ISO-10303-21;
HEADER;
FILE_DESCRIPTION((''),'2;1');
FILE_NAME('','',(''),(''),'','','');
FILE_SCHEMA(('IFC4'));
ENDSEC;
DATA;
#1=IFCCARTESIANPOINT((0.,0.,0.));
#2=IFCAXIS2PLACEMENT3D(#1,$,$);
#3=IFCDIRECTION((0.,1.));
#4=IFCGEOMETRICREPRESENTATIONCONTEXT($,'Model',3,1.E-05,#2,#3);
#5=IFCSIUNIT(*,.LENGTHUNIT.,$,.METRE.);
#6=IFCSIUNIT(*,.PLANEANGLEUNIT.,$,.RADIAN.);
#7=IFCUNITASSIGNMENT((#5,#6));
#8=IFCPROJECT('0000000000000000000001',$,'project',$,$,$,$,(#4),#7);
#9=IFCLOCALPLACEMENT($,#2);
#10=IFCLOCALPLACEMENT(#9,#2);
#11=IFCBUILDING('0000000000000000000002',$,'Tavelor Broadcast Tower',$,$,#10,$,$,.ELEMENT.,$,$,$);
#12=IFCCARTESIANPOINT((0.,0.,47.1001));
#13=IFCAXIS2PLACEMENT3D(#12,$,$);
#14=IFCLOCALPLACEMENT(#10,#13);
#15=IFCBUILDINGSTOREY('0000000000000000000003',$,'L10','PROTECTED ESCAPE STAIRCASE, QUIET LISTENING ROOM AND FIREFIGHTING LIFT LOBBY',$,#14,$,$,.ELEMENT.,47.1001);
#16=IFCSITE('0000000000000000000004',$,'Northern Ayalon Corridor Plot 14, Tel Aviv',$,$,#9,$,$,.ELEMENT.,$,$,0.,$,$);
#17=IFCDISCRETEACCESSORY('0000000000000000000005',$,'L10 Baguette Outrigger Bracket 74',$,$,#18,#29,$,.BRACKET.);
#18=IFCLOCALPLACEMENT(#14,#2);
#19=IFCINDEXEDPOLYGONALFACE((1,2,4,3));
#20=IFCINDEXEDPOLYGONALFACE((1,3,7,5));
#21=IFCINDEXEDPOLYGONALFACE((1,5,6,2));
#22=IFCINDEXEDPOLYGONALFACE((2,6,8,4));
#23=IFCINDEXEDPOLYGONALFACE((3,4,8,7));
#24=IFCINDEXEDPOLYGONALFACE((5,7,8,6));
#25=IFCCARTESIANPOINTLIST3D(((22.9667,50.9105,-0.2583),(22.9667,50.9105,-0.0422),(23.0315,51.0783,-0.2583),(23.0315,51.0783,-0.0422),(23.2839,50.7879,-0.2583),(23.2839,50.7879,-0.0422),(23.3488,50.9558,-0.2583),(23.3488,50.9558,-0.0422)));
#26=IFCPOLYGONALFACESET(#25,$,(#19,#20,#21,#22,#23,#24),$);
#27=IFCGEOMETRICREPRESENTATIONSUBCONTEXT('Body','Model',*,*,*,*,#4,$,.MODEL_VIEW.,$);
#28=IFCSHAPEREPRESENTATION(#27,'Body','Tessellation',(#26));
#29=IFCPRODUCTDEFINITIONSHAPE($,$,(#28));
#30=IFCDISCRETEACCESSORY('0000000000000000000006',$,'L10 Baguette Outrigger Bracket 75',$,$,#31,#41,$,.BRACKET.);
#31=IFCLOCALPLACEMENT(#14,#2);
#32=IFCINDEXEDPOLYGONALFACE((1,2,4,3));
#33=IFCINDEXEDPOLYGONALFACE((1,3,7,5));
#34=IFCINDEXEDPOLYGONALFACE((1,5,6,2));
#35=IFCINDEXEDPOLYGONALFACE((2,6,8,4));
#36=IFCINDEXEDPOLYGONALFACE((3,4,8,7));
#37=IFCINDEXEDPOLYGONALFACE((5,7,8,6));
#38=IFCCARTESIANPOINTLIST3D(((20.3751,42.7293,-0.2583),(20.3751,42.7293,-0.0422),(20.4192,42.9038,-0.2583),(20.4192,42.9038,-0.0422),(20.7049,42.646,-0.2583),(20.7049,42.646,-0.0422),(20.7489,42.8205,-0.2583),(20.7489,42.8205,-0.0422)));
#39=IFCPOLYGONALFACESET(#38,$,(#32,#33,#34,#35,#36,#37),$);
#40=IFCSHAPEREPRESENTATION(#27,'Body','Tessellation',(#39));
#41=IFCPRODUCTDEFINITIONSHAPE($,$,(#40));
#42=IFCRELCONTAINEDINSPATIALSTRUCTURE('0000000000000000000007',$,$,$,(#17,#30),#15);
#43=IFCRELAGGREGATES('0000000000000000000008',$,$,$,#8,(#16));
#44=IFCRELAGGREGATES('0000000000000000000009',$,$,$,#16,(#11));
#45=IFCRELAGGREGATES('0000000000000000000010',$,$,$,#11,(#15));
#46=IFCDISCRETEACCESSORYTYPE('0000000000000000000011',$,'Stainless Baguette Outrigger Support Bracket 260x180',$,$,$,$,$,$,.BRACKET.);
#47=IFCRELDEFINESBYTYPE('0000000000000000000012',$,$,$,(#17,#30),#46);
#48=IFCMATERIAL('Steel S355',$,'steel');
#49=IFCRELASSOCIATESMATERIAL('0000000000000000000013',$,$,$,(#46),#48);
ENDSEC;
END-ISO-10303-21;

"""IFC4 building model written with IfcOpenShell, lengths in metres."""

from ifc_helpers import new_model, si_unit, direction, frame, origin, origin_2d, place, context, subcontext, project, spatial, rectangle, extrude, source, transform, mapped, material, type_object, type_shapes, element, save


model = new_model("IFC4")

# Units and contexts
model_context = context("Model", 3, precision=1e-05, world=origin(), true_north=direction((0.0, 1.0)))
body_context = subcontext(model_context, "Body", "Model", "MODEL_VIEW")
ifc_project = project(units=[si_unit("LENGTHUNIT", "METRE"), si_unit("PLANEANGLEUNIT", "RADIAN")], contexts=[model_context])

# Site, building, storey
site_placement = place(None, origin())
site = spatial("IfcSite", under=ifc_project, at=site_placement, Name="Northern Ayalon Corridor Plot 14, Tel Aviv", CompositionType="ELEMENT", RefElevation=0.0)
building_placement = place(site_placement, origin())
building = spatial("IfcBuilding", under=site, at=building_placement, Name="Tavelor Broadcast Tower", CompositionType="ELEMENT")
storey_placement = place(building_placement, frame((0.0, 0.0, 47.1001)))
storey = spatial("IfcBuildingStorey", under=building, at=storey_placement, Name="L10", Description="PROTECTED ESCAPE STAIRCASE, QUIET LISTENING ROOM AND FIREFIGHTING LIFT LOBBY", CompositionType="ELEMENT", Elevation=47.1001)

# Shared definitions
ifc_material_1 = material(Name="Steel S355", Category="steel")

# Discrete accessories
discrete_accessory_type = type_object("IfcDiscreteAccessoryType", Name="Stainless Baguette Outrigger Support Bracket 260x180", PredefinedType="BRACKET", material=ifc_material_1)
shared_shape_1 = source(origin(), body_context, "Body", "SweptSolid", [
    extrude(rectangle(XDim=0.1799, YDim=0.3401, at=origin_2d()), origin(), (0.0, 0.0, 1.0), 0.2161),
])
type_shapes(discrete_accessory_type, [shared_shape_1])
for number, where, z_axis, x_axis, name in (
    (1, (23.1577, 50.9331, -0.2583), (0.0, 0.0, 1.0), (-0.360322, -0.932828, 0.0), "L10 Baguette Outrigger Bracket 74"),
    (2, (20.562, 42.7749, -0.2583), (0.0, 0.0, 1.0), (-0.2448, -0.969574, 0.0), "L10 Baguette Outrigger Bracket 75"),
):
    element("IfcDiscreteAccessory", number, at=place(storey_placement, frame(where, z_axis=z_axis, x_axis=x_axis)), inside=storey, type_object=discrete_accessory_type, Name=name, PredefinedType="BRACKET", context=body_context, shape_type="MappedRepresentation", body=[
        mapped(shared_shape_1, transform((0.0, 0.0, 0.0), scale=1.0)),
    ])

save(model, "model.ifc")
